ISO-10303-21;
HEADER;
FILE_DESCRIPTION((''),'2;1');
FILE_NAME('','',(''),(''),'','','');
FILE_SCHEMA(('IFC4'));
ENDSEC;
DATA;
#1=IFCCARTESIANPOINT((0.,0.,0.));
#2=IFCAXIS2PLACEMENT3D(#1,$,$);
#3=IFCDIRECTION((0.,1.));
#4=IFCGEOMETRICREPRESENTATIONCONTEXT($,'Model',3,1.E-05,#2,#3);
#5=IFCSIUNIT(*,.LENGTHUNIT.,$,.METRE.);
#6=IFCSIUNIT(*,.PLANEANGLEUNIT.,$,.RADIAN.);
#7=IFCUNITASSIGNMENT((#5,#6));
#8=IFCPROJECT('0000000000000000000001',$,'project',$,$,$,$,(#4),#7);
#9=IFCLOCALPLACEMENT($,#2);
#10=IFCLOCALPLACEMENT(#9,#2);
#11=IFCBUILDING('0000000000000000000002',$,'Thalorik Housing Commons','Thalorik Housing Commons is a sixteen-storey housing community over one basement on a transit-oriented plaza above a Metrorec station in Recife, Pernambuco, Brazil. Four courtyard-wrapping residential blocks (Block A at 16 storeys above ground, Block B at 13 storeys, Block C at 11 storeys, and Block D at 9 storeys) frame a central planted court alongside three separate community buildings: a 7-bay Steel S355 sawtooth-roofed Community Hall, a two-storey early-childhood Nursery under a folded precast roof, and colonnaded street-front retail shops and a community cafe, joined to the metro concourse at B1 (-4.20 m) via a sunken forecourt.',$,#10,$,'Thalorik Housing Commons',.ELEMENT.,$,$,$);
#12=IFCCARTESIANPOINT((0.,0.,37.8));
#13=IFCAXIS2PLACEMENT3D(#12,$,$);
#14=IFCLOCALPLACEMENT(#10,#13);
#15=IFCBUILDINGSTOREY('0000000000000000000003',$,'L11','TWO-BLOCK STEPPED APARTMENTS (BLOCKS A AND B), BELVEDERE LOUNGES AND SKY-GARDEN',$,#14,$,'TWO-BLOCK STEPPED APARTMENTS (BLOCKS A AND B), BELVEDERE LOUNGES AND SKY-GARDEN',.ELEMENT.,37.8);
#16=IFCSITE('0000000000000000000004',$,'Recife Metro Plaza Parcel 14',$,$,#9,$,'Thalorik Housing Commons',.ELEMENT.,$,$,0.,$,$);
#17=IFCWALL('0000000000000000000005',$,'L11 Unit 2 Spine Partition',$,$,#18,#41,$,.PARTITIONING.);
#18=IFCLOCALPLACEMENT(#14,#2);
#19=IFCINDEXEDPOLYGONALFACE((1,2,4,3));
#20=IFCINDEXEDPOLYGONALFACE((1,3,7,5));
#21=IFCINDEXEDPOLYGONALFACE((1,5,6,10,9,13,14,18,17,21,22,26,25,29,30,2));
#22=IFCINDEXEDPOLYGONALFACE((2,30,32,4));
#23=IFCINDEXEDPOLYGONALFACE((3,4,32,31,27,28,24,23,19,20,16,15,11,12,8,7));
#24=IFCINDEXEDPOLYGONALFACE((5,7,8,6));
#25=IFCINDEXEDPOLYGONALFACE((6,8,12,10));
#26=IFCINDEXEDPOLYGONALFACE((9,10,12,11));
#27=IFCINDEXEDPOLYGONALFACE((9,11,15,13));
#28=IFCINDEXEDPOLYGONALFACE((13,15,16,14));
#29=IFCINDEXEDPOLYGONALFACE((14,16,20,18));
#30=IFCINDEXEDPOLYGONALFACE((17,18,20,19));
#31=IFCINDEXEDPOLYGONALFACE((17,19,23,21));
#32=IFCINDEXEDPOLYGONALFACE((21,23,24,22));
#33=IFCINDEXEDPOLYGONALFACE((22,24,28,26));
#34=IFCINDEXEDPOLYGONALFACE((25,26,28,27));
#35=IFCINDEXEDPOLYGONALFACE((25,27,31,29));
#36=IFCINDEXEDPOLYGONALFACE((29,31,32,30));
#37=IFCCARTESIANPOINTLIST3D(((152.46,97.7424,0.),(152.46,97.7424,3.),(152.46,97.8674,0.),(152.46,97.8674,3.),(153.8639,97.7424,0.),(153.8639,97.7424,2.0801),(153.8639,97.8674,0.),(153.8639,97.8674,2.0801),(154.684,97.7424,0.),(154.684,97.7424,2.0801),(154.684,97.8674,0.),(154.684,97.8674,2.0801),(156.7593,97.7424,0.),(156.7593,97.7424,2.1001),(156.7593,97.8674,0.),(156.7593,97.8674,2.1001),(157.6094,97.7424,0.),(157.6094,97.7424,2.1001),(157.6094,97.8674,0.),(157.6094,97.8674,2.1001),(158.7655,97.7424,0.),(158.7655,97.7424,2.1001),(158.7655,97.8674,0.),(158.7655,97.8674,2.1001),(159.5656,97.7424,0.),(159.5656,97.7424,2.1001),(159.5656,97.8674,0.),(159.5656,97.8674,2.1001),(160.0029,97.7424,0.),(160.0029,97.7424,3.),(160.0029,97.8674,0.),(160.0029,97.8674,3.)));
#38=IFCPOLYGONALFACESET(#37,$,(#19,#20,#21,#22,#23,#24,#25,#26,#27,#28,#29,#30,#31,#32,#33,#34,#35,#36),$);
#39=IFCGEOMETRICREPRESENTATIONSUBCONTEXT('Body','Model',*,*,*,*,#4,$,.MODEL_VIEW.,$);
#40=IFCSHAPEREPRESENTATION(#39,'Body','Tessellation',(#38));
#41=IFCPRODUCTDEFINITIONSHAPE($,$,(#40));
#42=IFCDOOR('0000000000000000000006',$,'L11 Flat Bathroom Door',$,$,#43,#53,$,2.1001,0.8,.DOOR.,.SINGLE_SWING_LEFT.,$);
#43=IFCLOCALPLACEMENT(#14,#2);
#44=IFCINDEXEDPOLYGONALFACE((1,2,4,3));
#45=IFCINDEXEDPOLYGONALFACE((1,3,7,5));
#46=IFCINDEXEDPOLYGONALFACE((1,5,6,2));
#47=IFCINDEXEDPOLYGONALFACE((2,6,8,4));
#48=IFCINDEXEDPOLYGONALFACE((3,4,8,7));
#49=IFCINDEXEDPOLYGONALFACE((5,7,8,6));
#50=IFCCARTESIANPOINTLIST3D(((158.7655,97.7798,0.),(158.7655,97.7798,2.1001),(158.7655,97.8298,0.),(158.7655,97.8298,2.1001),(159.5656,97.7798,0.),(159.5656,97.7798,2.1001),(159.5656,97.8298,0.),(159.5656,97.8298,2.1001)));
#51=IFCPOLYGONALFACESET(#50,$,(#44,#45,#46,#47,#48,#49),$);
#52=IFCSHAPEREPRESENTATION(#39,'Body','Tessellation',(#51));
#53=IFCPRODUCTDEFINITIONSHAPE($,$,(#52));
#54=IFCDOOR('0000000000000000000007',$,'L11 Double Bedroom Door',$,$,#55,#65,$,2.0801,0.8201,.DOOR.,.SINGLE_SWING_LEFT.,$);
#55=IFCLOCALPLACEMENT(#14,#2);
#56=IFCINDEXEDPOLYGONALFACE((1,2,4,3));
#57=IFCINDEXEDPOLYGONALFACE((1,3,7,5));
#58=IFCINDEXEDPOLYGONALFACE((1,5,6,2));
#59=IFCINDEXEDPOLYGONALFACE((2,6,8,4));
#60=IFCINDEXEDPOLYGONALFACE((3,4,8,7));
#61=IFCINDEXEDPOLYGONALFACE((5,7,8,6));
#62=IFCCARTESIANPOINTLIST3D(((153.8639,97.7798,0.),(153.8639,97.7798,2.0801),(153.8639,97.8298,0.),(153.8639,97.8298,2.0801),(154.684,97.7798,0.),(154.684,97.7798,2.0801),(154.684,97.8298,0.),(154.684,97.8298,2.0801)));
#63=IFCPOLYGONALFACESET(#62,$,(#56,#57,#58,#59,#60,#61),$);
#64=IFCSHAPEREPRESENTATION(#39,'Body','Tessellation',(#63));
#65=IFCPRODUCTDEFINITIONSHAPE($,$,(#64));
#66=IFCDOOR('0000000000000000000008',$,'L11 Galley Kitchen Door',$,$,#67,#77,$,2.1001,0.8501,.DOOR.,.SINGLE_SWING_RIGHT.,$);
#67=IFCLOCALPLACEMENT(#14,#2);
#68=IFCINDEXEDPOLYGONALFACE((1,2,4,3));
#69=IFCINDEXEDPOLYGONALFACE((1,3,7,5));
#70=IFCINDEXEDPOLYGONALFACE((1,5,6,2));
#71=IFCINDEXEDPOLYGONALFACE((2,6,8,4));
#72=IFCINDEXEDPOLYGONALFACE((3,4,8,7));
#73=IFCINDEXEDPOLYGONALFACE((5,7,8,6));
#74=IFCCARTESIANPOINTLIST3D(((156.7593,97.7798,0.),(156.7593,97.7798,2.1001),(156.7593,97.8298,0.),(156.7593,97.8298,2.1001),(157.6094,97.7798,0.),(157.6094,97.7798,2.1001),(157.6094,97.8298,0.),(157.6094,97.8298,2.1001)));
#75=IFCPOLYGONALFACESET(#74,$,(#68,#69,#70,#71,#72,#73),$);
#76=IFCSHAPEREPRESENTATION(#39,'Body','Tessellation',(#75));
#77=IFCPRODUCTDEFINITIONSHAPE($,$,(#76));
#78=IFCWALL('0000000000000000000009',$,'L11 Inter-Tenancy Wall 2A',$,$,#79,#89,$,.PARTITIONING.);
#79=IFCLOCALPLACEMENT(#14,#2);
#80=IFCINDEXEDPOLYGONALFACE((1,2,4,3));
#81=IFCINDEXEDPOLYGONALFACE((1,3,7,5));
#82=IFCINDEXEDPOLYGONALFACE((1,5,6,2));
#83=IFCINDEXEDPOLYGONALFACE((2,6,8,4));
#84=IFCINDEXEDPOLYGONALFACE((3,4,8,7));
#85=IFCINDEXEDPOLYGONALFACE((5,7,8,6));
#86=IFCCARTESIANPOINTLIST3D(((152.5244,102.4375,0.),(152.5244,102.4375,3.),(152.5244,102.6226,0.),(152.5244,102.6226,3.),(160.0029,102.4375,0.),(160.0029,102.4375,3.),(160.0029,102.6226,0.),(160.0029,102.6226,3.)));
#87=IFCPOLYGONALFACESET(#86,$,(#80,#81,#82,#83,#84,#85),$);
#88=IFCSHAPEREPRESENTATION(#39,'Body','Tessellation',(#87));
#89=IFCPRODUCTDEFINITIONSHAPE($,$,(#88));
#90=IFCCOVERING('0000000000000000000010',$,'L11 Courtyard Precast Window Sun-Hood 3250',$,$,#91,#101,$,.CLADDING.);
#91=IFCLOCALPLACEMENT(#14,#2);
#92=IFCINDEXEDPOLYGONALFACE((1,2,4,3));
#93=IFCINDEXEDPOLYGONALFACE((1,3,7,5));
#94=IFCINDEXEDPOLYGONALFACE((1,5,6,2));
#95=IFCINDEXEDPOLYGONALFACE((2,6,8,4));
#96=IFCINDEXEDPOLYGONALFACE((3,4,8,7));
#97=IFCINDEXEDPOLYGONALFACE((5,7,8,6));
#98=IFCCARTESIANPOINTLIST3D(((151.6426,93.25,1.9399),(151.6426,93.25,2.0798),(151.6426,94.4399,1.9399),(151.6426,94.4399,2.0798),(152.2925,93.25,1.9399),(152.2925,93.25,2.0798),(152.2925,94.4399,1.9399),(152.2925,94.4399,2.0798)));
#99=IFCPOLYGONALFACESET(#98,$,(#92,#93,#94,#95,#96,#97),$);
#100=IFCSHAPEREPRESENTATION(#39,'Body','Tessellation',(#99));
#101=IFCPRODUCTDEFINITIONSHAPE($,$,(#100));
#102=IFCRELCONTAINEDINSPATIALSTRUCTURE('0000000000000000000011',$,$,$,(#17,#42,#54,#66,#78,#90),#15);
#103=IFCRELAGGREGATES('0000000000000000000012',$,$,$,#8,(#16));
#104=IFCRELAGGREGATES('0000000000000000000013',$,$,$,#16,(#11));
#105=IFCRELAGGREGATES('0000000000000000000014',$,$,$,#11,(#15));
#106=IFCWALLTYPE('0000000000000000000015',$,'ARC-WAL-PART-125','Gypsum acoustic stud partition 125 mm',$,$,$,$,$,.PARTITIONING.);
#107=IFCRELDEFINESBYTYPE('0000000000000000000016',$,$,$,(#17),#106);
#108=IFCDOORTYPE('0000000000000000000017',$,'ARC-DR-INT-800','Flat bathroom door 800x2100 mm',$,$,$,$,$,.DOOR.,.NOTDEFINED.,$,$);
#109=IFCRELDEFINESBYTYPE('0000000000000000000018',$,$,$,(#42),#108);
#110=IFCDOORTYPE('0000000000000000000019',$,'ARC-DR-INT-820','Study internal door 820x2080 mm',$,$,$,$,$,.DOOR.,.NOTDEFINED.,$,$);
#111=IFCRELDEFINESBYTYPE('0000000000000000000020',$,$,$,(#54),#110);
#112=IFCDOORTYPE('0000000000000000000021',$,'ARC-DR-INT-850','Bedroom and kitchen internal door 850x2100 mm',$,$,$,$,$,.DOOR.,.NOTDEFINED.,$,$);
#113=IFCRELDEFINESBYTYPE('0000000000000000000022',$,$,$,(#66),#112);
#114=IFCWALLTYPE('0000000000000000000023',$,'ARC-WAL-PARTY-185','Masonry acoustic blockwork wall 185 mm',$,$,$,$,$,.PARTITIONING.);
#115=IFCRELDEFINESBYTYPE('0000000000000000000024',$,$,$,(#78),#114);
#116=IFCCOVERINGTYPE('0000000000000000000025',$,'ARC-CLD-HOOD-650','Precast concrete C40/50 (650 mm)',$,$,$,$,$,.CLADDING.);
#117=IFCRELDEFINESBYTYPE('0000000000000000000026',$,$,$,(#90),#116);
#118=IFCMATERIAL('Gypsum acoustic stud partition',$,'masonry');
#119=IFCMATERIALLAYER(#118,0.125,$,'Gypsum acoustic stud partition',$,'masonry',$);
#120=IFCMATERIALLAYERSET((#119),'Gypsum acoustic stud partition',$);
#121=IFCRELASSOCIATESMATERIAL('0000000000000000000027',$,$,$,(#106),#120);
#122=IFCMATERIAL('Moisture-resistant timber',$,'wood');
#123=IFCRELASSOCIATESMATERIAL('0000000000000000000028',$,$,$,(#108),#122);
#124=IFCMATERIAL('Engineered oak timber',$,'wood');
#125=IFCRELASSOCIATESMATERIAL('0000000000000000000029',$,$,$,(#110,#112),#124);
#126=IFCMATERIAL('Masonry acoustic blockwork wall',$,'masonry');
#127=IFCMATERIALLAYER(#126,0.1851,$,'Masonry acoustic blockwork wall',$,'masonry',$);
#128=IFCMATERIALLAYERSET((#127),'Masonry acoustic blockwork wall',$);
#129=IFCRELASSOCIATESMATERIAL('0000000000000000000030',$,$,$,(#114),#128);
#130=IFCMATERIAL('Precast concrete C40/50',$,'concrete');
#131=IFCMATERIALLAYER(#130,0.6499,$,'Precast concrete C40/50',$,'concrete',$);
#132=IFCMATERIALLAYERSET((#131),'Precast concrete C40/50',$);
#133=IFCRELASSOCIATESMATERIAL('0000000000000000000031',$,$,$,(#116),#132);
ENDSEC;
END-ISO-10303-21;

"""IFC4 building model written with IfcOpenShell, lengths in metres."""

from ifc_helpers import new_model, si_unit, direction, frame, frame_2d, origin, origin_2d, place, context, subcontext, project, spatial, rectangle, extrude, material, layer, layer_set, type_object, element, fill, save


model = new_model("IFC4")

# Units and contexts
model_context = context("Model", 3, precision=1e-05, world=origin(), true_north=direction((0.0, 1.0)))
body_context = subcontext(model_context, "Body", "Model", "MODEL_VIEW")
ifc_project = project(units=[si_unit("LENGTHUNIT", "METRE"), si_unit("PLANEANGLEUNIT", "RADIAN")], contexts=[model_context])

# Site, building, storey
site_placement = place(None, origin())
site = spatial("IfcSite", under=ifc_project, at=site_placement, Name="Recife Metro Plaza Parcel 14", LongName="Thalorik Housing Commons", CompositionType="ELEMENT", RefElevation=0.0)
building_placement = place(site_placement, origin())
building = spatial("IfcBuilding", under=site, at=building_placement, Name="Thalorik Housing Commons", Description="Thalorik Housing Commons is a sixteen-storey housing community over one basement on a transit-oriented plaza above a Metrorec station in Recife, Pernambuco, Brazil. Four courtyard-wrapping residential blocks (Block A at 16 storeys above ground, Block B at 13 storeys, Block C at 11 storeys, and Block D at 9 storeys) frame a central planted court alongside three separate community buildings: a 7-bay Steel S355 sawtooth-roofed Community Hall, a two-storey early-childhood Nursery under a folded precast roof, and colonnaded street-front retail shops and a community cafe, joined to the metro concourse at B1 (-4.20 m) via a sunken forecourt.", LongName="Thalorik Housing Commons", CompositionType="ELEMENT")
storey_placement = place(building_placement, frame((0.0, 0.0, 37.8)))
storey = spatial("IfcBuildingStorey", under=building, at=storey_placement, Name="L11", Description="TWO-BLOCK STEPPED APARTMENTS (BLOCKS A AND B), BELVEDERE LOUNGES AND SKY-GARDEN", LongName="TWO-BLOCK STEPPED APARTMENTS (BLOCKS A AND B), BELVEDERE LOUNGES AND SKY-GARDEN", CompositionType="ELEMENT", Elevation=37.8)

# Shared definitions
ifc_material_1 = material(Name="Precast concrete C40/50", Category="concrete")

# Wall, openings, doors
ifc_material_2 = material(Name="Gypsum acoustic stud partition", Category="masonry")
ifc_layer_1 = layer(ifc_material_2, 0.125, Name="Gypsum acoustic stud partition", Category="masonry")
ifc_layer_set_1 = layer_set([ifc_layer_1], Name="Gypsum acoustic stud partition")
wall_type_1 = type_object("IfcWallType", Name="ARC-WAL-PART-125", Description="Gypsum acoustic stud partition 125 mm", PredefinedType="PARTITIONING", material=ifc_layer_set_1)
wall_1_placement = place(storey_placement, frame((152.46, 97.8049, 0.0), z_axis=(0.0, 0.0, 1.0), x_axis=(1.0, 0.0, 0.0)))
wall_1 = element("IfcWall", 1, at=wall_1_placement, inside=storey, type_object=wall_type_1, Name="L11 Unit 2 Spine Partition", PredefinedType="PARTITIONING", context=body_context, shape_type="SweptSolid", body=[
    extrude(rectangle(XDim=7.543, YDim=0.125, at=frame_2d((3.7715, 0.0))), origin(), (0.0, 0.0, 1.0), 3.0),
])
opening_1_placement = place(wall_1_placement, frame((1.4038, 0.0, 0.0)))
opening_1 = element("IfcOpeningElement", 2, at=opening_1_placement, cuts=wall_1, PredefinedType="OPENING", context=body_context, shape_type="SweptSolid", body=[
    extrude(rectangle(XDim=0.8201, YDim=2.0801, at=frame_2d((0.4102, 1.04))), frame((0.0, 0.0725, 0.0), z_axis=(0.0, -1.0, 0.0), x_axis=(1.0, 0.0, 0.0)), (0.0, 0.0, 1.0), 0.145),
])
opening_2_placement = place(wall_1_placement, frame((4.2993, 0.0, 0.0)))
opening_2 = element("IfcOpeningElement", 3, at=opening_2_placement, cuts=wall_1, PredefinedType="OPENING", context=body_context, shape_type="SweptSolid", body=[
    extrude(rectangle(XDim=0.8501, YDim=2.1001, at=frame_2d((0.425, 1.05))), frame((0.0, 0.0725, 0.0), z_axis=(0.0, -1.0, 0.0), x_axis=(1.0, 0.0, 0.0)), (0.0, 0.0, 1.0), 0.145),
])
opening_3_placement = place(wall_1_placement, frame((6.3057, 0.0, 0.0)))
opening_3 = element("IfcOpeningElement", 4, at=opening_3_placement, cuts=wall_1, PredefinedType="OPENING", context=body_context, shape_type="SweptSolid", body=[
    extrude(rectangle(XDim=0.8, YDim=2.1001, at=frame_2d((0.3999, 1.05))), frame((0.0, 0.0725, 0.0), z_axis=(0.0, -1.0, 0.0), x_axis=(1.0, 0.0, 0.0)), (0.0, 0.0, 1.0), 0.145),
])
ifc_material_3 = material(Name="Moisture-resistant timber", Category="wood")
door_type_1 = type_object("IfcDoorType", Name="ARC-DR-INT-800", Description="Flat bathroom door 800x2100 mm", OperationType="NOTDEFINED", PredefinedType="DOOR", material=ifc_material_3)
door_1_placement = place(opening_3_placement, origin())
door_1 = element("IfcDoor", 5, at=door_1_placement, inside=storey, type_object=door_type_1, Name="L11 Flat Bathroom Door", OperationType="SINGLE_SWING_LEFT", OverallHeight=2.1001, OverallWidth=0.8, PredefinedType="DOOR", context=body_context, shape_type="SweptSolid", body=[
    extrude(rectangle(XDim=0.8, YDim=2.1001, at=frame_2d((0.3999, 1.05))), frame((0.0, 0.0249, 0.0), z_axis=(0.0, -1.0, 0.0), x_axis=(1.0, 0.0, 0.0)), (0.0, 0.0, 1.0), 0.05),
])
fill(opening_3, door_1)
ifc_material_4 = material(Name="Engineered oak timber", Category="wood")
door_type_2 = type_object("IfcDoorType", Name="ARC-DR-INT-820", Description="Study internal door 820x2080 mm", OperationType="NOTDEFINED", PredefinedType="DOOR", material=ifc_material_4)
door_2_placement = place(opening_1_placement, origin())
door_2 = element("IfcDoor", 6, at=door_2_placement, inside=storey, type_object=door_type_2, Name="L11 Double Bedroom Door", OperationType="SINGLE_SWING_LEFT", OverallHeight=2.0801, OverallWidth=0.8201, PredefinedType="DOOR", context=body_context, shape_type="SweptSolid", body=[
    extrude(rectangle(XDim=0.8201, YDim=2.0801, at=frame_2d((0.4102, 1.04))), frame((0.0, 0.0249, 0.0), z_axis=(0.0, -1.0, 0.0), x_axis=(1.0, 0.0, 0.0)), (0.0, 0.0, 1.0), 0.05),
])
fill(opening_1, door_2)
door_type_3 = type_object("IfcDoorType", Name="ARC-DR-INT-850", Description="Bedroom and kitchen internal door 850x2100 mm", OperationType="NOTDEFINED", PredefinedType="DOOR", material=ifc_material_4)
door_3_placement = place(opening_2_placement, origin())
door_3 = element("IfcDoor", 7, at=door_3_placement, inside=storey, type_object=door_type_3, Name="L11 Galley Kitchen Door", OperationType="SINGLE_SWING_RIGHT", OverallHeight=2.1001, OverallWidth=0.8501, PredefinedType="DOOR", context=body_context, shape_type="SweptSolid", body=[
    extrude(rectangle(XDim=0.8501, YDim=2.1001, at=frame_2d((0.425, 1.05))), frame((0.0, 0.0249, 0.0), z_axis=(0.0, -1.0, 0.0), x_axis=(1.0, 0.0, 0.0)), (0.0, 0.0, 1.0), 0.05),
])
fill(opening_2, door_3)

# Wall
ifc_material_5 = material(Name="Masonry acoustic blockwork wall", Category="masonry")
ifc_layer_2 = layer(ifc_material_5, 0.1851, Name="Masonry acoustic blockwork wall", Category="masonry")
ifc_layer_set_2 = layer_set([ifc_layer_2], Name="Masonry acoustic blockwork wall")
wall_type_2 = type_object("IfcWallType", Name="ARC-WAL-PARTY-185", Description="Masonry acoustic blockwork wall 185 mm", PredefinedType="PARTITIONING", material=ifc_layer_set_2)
wall_2_placement = place(storey_placement, frame((152.5244, 102.53, 0.0), z_axis=(0.0, 0.0, 1.0), x_axis=(1.0, 0.0, 0.0)))
element("IfcWall", 8, at=wall_2_placement, inside=storey, type_object=wall_type_2, Name="L11 Inter-Tenancy Wall 2A", PredefinedType="PARTITIONING", context=body_context, shape_type="SweptSolid", body=[
    extrude(rectangle(XDim=7.4785, YDim=0.1851, at=frame_2d((3.7393, 0.0))), origin(), (0.0, 0.0, 1.0), 3.0),
])

# Covering
ifc_layer_3 = layer(ifc_material_1, 0.6499, Name="Precast concrete C40/50", Category="concrete")
ifc_layer_set_3 = layer_set([ifc_layer_3], Name="Precast concrete C40/50")
covering_type = type_object("IfcCoveringType", Name="ARC-CLD-HOOD-650", Description="Precast concrete C40/50 (650 mm)", PredefinedType="CLADDING", material=ifc_layer_set_3)
covering_placement = place(storey_placement, frame((151.9675, 93.845, 1.9399), z_axis=(0.0, 0.0, 1.0), x_axis=(0.0, -1.0, 0.0)))
element("IfcCovering", 9, at=covering_placement, inside=storey, type_object=covering_type, Name="L11 Courtyard Precast Window Sun-Hood 3250", PredefinedType="CLADDING", context=body_context, shape_type="SweptSolid", body=[
    extrude(rectangle(XDim=1.1899, YDim=0.6499, at=origin_2d()), origin(), (0.0, 0.0, 1.0), 0.1399),
])

save(model, "model.ifc")
